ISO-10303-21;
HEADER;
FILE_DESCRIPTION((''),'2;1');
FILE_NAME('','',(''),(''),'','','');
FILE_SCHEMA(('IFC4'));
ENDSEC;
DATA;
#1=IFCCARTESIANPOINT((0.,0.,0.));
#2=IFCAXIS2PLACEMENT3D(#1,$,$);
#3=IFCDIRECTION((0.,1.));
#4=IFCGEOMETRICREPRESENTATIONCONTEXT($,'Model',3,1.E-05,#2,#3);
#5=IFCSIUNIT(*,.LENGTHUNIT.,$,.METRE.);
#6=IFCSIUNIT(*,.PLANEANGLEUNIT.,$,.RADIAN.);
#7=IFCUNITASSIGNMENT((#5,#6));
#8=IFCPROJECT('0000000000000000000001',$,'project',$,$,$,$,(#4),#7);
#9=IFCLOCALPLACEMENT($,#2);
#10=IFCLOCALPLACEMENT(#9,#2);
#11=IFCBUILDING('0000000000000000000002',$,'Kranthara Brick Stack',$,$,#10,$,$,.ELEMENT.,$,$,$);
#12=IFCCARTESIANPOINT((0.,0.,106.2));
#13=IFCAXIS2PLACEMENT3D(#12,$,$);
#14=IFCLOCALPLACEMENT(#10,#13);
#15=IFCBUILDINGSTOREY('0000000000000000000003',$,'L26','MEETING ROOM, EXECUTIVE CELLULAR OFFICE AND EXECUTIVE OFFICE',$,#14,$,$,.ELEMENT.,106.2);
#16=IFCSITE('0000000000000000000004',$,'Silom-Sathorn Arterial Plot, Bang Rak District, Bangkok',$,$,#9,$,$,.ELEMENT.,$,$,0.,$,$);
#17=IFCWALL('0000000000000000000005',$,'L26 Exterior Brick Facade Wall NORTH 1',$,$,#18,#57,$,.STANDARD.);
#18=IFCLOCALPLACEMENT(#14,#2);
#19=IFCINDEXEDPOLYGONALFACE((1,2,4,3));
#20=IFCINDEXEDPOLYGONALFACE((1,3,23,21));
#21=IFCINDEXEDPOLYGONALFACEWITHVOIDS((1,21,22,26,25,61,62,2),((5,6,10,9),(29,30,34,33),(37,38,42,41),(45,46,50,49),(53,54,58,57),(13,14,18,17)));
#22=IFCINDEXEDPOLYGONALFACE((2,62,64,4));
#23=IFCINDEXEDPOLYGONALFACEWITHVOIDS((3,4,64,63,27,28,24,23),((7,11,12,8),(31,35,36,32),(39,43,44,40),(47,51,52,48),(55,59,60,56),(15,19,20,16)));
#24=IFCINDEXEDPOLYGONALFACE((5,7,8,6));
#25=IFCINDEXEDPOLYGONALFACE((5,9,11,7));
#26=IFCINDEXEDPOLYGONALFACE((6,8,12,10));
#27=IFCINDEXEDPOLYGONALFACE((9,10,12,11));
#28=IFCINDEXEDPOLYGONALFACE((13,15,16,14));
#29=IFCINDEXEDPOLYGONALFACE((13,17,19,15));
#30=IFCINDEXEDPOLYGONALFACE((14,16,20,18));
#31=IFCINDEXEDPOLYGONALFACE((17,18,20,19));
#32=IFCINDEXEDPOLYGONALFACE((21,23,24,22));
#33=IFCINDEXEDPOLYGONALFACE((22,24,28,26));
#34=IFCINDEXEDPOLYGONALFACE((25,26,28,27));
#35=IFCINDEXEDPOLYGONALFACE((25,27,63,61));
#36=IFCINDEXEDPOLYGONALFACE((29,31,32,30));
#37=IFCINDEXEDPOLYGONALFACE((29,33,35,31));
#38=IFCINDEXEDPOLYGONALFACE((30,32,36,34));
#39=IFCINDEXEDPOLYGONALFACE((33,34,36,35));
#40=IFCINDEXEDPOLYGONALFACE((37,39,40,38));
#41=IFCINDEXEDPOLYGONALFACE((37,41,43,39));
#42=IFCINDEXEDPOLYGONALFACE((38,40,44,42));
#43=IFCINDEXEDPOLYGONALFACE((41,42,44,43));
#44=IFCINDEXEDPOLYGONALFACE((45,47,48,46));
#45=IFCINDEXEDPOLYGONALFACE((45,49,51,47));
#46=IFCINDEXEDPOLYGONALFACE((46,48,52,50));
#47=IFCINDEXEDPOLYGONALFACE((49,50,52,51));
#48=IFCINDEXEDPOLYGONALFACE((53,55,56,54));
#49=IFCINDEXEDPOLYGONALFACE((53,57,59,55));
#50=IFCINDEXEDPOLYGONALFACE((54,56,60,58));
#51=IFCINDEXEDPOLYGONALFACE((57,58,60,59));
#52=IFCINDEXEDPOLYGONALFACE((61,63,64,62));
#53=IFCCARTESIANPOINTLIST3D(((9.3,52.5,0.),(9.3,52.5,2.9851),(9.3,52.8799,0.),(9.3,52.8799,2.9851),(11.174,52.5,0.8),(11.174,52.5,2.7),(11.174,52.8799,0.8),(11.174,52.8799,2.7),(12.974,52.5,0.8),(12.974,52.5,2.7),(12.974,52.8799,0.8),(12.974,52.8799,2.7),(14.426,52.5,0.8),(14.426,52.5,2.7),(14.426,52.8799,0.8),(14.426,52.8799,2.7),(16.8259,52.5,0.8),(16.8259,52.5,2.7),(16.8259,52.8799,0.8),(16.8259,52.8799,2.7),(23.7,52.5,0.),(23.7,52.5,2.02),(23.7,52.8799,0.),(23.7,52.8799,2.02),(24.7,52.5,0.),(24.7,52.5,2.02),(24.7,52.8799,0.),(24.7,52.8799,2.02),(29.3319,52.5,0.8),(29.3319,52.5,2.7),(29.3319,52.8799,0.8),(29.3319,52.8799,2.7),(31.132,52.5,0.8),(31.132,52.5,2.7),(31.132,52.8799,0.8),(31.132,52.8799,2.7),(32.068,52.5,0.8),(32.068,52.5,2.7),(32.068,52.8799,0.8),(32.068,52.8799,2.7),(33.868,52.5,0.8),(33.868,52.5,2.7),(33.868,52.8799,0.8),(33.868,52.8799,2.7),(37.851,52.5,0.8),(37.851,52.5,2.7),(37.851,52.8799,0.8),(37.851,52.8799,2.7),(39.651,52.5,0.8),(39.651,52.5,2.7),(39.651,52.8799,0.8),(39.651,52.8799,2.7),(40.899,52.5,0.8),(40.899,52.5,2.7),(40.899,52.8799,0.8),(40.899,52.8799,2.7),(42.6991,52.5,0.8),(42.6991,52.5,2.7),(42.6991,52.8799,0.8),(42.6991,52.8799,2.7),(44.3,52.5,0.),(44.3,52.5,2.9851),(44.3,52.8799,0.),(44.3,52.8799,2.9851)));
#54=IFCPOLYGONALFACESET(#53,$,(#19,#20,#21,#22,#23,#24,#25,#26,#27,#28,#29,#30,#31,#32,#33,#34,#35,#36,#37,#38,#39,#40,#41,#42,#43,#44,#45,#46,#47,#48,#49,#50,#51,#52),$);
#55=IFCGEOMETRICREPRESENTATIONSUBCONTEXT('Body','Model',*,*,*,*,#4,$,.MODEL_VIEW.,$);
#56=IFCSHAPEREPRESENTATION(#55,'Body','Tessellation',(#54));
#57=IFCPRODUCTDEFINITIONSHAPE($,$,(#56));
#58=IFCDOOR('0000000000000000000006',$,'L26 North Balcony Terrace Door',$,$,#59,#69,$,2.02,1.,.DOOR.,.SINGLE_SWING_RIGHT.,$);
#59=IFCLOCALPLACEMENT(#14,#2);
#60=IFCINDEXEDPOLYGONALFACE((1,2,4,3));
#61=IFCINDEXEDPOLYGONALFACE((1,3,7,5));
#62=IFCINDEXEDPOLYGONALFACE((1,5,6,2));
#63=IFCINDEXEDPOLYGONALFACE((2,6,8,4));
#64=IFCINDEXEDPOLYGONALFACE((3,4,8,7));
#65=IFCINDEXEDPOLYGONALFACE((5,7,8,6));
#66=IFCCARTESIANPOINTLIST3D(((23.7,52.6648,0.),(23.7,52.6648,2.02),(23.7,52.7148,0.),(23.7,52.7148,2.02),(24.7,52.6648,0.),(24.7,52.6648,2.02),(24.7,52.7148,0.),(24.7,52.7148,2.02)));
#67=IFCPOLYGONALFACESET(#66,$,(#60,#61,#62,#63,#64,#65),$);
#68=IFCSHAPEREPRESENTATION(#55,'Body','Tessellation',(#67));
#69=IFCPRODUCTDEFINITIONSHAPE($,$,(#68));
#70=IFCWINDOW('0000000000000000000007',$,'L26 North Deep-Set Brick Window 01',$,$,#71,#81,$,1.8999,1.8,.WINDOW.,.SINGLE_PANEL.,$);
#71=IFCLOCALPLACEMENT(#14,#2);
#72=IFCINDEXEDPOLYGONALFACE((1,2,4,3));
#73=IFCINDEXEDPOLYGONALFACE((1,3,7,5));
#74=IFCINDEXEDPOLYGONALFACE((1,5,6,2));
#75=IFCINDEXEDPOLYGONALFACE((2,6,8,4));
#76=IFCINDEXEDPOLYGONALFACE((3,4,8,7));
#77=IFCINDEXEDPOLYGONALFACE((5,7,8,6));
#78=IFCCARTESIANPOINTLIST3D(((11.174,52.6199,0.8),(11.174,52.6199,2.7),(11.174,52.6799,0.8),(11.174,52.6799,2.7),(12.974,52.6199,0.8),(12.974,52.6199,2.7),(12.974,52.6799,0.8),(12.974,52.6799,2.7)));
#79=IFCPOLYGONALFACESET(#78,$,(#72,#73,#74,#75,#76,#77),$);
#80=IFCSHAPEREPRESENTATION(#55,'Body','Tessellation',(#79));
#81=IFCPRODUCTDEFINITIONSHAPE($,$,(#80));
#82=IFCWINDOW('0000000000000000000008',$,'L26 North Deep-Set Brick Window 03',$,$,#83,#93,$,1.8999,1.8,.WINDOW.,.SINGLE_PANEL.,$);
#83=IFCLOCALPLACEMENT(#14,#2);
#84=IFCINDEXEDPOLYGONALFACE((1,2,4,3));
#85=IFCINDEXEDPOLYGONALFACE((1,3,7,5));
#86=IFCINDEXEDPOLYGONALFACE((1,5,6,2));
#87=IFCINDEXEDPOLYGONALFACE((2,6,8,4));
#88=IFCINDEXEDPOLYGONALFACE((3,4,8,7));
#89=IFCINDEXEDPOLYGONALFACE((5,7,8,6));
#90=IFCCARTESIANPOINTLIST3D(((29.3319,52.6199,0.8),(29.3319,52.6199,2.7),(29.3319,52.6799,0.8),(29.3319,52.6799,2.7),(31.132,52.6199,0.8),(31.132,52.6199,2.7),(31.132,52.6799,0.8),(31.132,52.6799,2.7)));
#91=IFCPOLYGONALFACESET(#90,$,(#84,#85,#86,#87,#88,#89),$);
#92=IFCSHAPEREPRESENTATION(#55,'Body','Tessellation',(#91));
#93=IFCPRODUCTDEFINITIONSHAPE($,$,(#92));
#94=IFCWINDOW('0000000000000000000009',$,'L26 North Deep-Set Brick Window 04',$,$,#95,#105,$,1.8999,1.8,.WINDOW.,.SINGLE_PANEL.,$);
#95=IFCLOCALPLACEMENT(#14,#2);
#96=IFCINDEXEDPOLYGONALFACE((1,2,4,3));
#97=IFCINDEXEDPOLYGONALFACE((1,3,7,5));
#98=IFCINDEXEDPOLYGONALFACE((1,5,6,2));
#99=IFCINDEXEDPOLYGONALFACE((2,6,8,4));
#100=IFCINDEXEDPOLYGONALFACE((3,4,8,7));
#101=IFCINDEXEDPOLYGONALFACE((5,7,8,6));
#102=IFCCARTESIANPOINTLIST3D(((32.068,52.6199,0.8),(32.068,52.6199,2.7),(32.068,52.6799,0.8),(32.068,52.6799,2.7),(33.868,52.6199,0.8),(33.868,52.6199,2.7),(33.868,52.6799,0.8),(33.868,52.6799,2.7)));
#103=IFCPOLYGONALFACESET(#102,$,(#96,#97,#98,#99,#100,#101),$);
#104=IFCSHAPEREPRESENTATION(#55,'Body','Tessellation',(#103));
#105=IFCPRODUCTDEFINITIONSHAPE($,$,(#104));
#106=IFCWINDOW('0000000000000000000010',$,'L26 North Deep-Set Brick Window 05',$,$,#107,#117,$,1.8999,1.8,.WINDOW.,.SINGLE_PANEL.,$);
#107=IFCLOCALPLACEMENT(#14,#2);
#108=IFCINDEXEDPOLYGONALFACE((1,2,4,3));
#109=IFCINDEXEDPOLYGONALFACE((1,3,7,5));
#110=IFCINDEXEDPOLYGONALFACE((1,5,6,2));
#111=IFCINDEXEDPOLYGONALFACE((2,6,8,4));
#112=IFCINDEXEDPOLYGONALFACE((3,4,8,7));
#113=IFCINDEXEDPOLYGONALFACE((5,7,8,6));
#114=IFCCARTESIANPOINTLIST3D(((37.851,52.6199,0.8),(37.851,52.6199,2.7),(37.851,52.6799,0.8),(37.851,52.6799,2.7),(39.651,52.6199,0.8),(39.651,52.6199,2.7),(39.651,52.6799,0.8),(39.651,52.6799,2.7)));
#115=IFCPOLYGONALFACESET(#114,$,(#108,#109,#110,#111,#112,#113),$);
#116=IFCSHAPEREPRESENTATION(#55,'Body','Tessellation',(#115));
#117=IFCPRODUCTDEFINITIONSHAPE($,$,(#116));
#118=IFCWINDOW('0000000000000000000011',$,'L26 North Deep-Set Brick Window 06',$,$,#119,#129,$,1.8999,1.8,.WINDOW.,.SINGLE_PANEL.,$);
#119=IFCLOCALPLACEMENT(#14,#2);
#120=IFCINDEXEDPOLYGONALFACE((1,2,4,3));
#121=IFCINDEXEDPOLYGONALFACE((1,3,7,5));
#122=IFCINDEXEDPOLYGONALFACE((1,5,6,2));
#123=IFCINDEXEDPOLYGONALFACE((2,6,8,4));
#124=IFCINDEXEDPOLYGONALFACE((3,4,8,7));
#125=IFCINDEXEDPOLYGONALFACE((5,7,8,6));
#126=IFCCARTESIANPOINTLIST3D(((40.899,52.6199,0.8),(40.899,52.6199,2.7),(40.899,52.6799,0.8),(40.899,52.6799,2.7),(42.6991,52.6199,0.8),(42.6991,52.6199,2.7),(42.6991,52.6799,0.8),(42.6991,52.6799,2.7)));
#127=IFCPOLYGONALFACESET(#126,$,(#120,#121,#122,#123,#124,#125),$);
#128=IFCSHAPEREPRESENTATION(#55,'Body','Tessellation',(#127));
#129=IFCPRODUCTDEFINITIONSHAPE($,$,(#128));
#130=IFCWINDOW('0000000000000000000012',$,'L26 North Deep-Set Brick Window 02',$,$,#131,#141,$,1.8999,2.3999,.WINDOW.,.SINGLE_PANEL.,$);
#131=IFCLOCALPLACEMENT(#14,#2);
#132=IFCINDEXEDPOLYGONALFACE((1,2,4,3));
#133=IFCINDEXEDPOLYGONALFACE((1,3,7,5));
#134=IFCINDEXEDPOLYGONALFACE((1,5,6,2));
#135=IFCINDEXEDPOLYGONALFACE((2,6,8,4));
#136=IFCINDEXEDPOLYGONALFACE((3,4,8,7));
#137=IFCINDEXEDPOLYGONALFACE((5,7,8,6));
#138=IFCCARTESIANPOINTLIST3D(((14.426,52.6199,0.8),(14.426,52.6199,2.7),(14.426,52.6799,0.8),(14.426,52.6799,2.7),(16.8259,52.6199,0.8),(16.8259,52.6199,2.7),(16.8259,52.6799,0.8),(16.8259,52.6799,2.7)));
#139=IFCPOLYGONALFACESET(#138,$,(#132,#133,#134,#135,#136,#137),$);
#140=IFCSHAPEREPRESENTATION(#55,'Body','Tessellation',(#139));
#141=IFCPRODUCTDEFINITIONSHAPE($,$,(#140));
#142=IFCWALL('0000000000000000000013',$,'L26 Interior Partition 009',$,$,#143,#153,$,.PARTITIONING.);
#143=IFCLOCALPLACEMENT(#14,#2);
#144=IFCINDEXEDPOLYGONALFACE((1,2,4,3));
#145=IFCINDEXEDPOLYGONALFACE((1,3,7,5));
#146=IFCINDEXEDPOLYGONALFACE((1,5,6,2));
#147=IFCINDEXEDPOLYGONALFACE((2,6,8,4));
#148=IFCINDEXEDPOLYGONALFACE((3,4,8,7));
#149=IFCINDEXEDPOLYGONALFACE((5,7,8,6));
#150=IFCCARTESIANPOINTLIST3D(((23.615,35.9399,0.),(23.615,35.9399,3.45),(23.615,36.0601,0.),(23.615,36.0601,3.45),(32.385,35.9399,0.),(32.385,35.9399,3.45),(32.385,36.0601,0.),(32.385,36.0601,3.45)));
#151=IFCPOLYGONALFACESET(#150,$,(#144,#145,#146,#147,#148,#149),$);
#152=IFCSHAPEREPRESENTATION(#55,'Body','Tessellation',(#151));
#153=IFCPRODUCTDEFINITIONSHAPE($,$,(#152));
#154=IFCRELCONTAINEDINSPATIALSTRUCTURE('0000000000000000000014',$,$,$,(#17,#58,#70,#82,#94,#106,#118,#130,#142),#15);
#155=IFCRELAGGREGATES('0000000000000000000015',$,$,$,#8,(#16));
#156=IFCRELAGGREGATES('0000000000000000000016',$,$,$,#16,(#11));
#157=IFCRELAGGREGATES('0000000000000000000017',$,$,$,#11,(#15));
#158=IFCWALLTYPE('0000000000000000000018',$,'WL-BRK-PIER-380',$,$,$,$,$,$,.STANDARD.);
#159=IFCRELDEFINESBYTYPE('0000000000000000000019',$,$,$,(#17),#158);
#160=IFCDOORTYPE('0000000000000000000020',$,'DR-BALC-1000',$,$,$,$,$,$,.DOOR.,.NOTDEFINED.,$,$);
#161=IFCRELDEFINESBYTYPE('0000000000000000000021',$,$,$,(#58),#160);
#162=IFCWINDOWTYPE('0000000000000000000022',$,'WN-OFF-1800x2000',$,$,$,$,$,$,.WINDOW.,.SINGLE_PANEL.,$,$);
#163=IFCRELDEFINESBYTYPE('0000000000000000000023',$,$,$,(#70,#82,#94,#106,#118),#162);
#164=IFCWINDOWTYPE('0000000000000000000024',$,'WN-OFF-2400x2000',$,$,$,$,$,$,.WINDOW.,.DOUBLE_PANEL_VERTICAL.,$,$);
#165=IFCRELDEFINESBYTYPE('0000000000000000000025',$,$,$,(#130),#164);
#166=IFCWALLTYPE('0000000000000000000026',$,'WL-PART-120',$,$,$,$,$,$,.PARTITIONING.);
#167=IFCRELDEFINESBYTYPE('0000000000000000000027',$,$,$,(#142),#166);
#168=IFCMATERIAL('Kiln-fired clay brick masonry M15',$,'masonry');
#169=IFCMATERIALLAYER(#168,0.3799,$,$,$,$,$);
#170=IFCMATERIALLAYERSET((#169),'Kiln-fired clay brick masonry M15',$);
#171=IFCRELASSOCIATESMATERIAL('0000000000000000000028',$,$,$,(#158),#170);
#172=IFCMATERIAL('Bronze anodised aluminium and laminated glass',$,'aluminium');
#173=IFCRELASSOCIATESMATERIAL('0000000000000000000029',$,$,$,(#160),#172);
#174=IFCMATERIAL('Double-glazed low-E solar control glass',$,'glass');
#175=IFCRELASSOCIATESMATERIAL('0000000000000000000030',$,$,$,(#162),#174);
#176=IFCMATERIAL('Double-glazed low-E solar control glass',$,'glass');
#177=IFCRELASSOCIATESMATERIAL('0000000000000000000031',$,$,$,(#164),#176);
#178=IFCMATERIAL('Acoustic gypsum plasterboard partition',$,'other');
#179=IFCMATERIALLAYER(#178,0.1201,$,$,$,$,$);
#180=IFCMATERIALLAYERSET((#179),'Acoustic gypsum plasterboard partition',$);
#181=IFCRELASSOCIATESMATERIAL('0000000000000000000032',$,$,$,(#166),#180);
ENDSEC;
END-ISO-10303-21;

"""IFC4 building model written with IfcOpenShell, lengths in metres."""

from ifc_helpers import new_model, si_unit, direction, frame, frame_2d, origin, place, context, subcontext, project, spatial, rectangle, extrude, material, layer, layer_set, type_object, element, fill, save


model = new_model("IFC4")

# Units and contexts
model_context = context("Model", 3, precision=1e-05, world=origin(), true_north=direction((0.0, 1.0)))
body_context = subcontext(model_context, "Body", "Model", "MODEL_VIEW")
ifc_project = project(units=[si_unit("LENGTHUNIT", "METRE"), si_unit("PLANEANGLEUNIT", "RADIAN")], contexts=[model_context])

# Site, building, storey
site_placement = place(None, origin())
site = spatial("IfcSite", under=ifc_project, at=site_placement, Name="Silom-Sathorn Arterial Plot, Bang Rak District, Bangkok", CompositionType="ELEMENT", RefElevation=0.0)
building_placement = place(site_placement, origin())
building = spatial("IfcBuilding", under=site, at=building_placement, Name="Kranthara Brick Stack", CompositionType="ELEMENT")
storey_placement = place(building_placement, frame((0.0, 0.0, 106.2)))
storey = spatial("IfcBuildingStorey", under=building, at=storey_placement, Name="L26", Description="MEETING ROOM, EXECUTIVE CELLULAR OFFICE AND EXECUTIVE OFFICE", CompositionType="ELEMENT", Elevation=106.2)

# Shared definitions
ifc_material_1 = material(Name="Kiln-fired clay brick masonry M15", Category="masonry")
ifc_layer_1 = layer(ifc_material_1, 0.3799)
ifc_layer_set_1 = layer_set([ifc_layer_1], Name="Kiln-fired clay brick masonry M15")
wall_type_1 = type_object("IfcWallType", Name="WL-BRK-PIER-380", PredefinedType="STANDARD", material=ifc_layer_set_1)

# Wall, openings, door, windows
wall_1_placement = place(storey_placement, frame((9.3, 52.6899, 0.0), z_axis=(0.0, 0.0, 1.0), x_axis=(1.0, 0.0, 0.0)))
wall_1 = element("IfcWall", 1, at=wall_1_placement, inside=storey, type_object=wall_type_1, Name="L26 Exterior Brick Facade Wall NORTH 1", PredefinedType="STANDARD", context=body_context, shape_type="SweptSolid", body=[
    extrude(rectangle(XDim=35.0, YDim=0.3799, at=frame_2d((17.5, 0.0))), origin(), (0.0, 0.0, 1.0), 2.9851),
])
opening_1_placement = place(wall_1_placement, frame((14.3999, 0.0, 0.0)))
opening_1 = element("IfcOpeningElement", 2, at=opening_1_placement, cuts=wall_1, PredefinedType="OPENING", context=body_context, shape_type="SweptSolid", body=[
    extrude(rectangle(XDim=1.0, YDim=2.02, at=frame_2d((0.5, 1.01))), frame((0.0, 0.2, 0.0), z_axis=(0.0, -1.0, 0.0), x_axis=(1.0, 0.0, 0.0)), (0.0, 0.0, 1.0), 0.3999),
])
opening_2_placement = place(wall_1_placement, frame((1.874, 0.0, 0.8)))
opening_2 = element("IfcOpeningElement", 3, at=opening_2_placement, cuts=wall_1, PredefinedType="OPENING", context=body_context, shape_type="SweptSolid", body=[
    extrude(rectangle(XDim=1.8, YDim=1.8999, at=frame_2d((0.8999, 0.95))), frame((0.0, 0.2, 0.0), z_axis=(0.0, -1.0, 0.0), x_axis=(1.0, 0.0, 0.0)), (0.0, 0.0, 1.0), 0.3999),
])
opening_3_placement = place(wall_1_placement, frame((5.126, 0.0, 0.8)))
opening_3 = element("IfcOpeningElement", 4, at=opening_3_placement, cuts=wall_1, PredefinedType="OPENING", context=body_context, shape_type="SweptSolid", body=[
    extrude(rectangle(XDim=2.3999, YDim=1.8999, at=frame_2d((1.2, 0.95))), frame((0.0, 0.2, 0.0), z_axis=(0.0, -1.0, 0.0), x_axis=(1.0, 0.0, 0.0)), (0.0, 0.0, 1.0), 0.3999),
])
opening_4_placement = place(wall_1_placement, frame((20.032, 0.0, 0.8)))
opening_4 = element("IfcOpeningElement", 5, at=opening_4_placement, cuts=wall_1, PredefinedType="OPENING", context=body_context, shape_type="SweptSolid", body=[
    extrude(rectangle(XDim=1.8, YDim=1.8999, at=frame_2d((0.8999, 0.95))), frame((0.0, 0.2, 0.0), z_axis=(0.0, -1.0, 0.0), x_axis=(1.0, 0.0, 0.0)), (0.0, 0.0, 1.0), 0.3999),
])
opening_5_placement = place(wall_1_placement, frame((22.7681, 0.0, 0.8)))
opening_5 = element("IfcOpeningElement", 6, at=opening_5_placement, cuts=wall_1, PredefinedType="OPENING", context=body_context, shape_type="SweptSolid", body=[
    extrude(rectangle(XDim=1.8, YDim=1.8999, at=frame_2d((0.8999, 0.95))), frame((0.0, 0.2, 0.0), z_axis=(0.0, -1.0, 0.0), x_axis=(1.0, 0.0, 0.0)), (0.0, 0.0, 1.0), 0.3999),
])
opening_6_placement = place(wall_1_placement, frame((28.551, 0.0, 0.8)))
opening_6 = element("IfcOpeningElement", 7, at=opening_6_placement, cuts=wall_1, PredefinedType="OPENING", context=body_context, shape_type="SweptSolid", body=[
    extrude(rectangle(XDim=1.8, YDim=1.8999, at=frame_2d((0.8999, 0.95))), frame((0.0, 0.2, 0.0), z_axis=(0.0, -1.0, 0.0), x_axis=(1.0, 0.0, 0.0)), (0.0, 0.0, 1.0), 0.3999),
])
opening_7_placement = place(wall_1_placement, frame((31.5991, 0.0, 0.8)))
opening_7 = element("IfcOpeningElement", 8, at=opening_7_placement, cuts=wall_1, PredefinedType="OPENING", context=body_context, shape_type="SweptSolid", body=[
    extrude(rectangle(XDim=1.8, YDim=1.8999, at=frame_2d((0.8999, 0.95))), frame((0.0, 0.2, 0.0), z_axis=(0.0, -1.0, 0.0), x_axis=(1.0, 0.0, 0.0)), (0.0, 0.0, 1.0), 0.3999),
])
ifc_material_2 = material(Name="Bronze anodised aluminium and laminated glass", Category="aluminium")
door_type_1 = type_object("IfcDoorType", Name="DR-BALC-1000", OperationType="NOTDEFINED", PredefinedType="DOOR", material=ifc_material_2)
door_1_placement = place(opening_1_placement, origin())
door_1 = element("IfcDoor", 9, at=door_1_placement, inside=storey, type_object=door_type_1, Name="L26 North Balcony Terrace Door", OperationType="SINGLE_SWING_RIGHT", OverallHeight=2.02, OverallWidth=1.0, PredefinedType="DOOR", context=body_context, shape_type="SweptSolid", body=[
    extrude(rectangle(XDim=1.0, YDim=2.02, at=frame_2d((0.5, 1.01))), frame((0.0, 0.0249, 0.0), z_axis=(0.0, -1.0, 0.0), x_axis=(1.0, 0.0, 0.0)), (0.0, 0.0, 1.0), 0.05),
])
fill(opening_1, door_1)
ifc_material_3 = material(Name="Double-glazed low-E solar control glass", Category="glass")
window_type_1 = type_object("IfcWindowType", Name="WN-OFF-1800x2000", PartitioningType="SINGLE_PANEL", PredefinedType="WINDOW", material=ifc_material_3)
window_1_placement = place(opening_2_placement, origin())
window_1 = element("IfcWindow", 10, at=window_1_placement, inside=storey, type_object=window_type_1, Name="L26 North Deep-Set Brick Window 01", OverallHeight=1.8999, OverallWidth=1.8, PartitioningType="SINGLE_PANEL", PredefinedType="WINDOW", context=body_context, shape_type="SweptSolid", body=[
    extrude(rectangle(XDim=1.8, YDim=1.8999, at=frame_2d((0.8999, 0.95))), frame((0.0, -0.01, 0.0), z_axis=(0.0, -1.0, 0.0), x_axis=(1.0, 0.0, 0.0)), (0.0, 0.0, 1.0), 0.0601),
])
fill(opening_2, window_1)
window_2_placement = place(opening_4_placement, origin())
window_2 = element("IfcWindow", 11, at=window_2_placement, inside=storey, type_object=window_type_1, Name="L26 North Deep-Set Brick Window 03", OverallHeight=1.8999, OverallWidth=1.8, PartitioningType="SINGLE_PANEL", PredefinedType="WINDOW", context=body_context, shape_type="SweptSolid", body=[
    extrude(rectangle(XDim=1.8, YDim=1.8999, at=frame_2d((0.8999, 0.95))), frame((0.0, -0.01, 0.0), z_axis=(0.0, -1.0, 0.0), x_axis=(1.0, 0.0, 0.0)), (0.0, 0.0, 1.0), 0.0601),
])
fill(opening_4, window_2)
window_3_placement = place(opening_5_placement, origin())
window_3 = element("IfcWindow", 12, at=window_3_placement, inside=storey, type_object=window_type_1, Name="L26 North Deep-Set Brick Window 04", OverallHeight=1.8999, OverallWidth=1.8, PartitioningType="SINGLE_PANEL", PredefinedType="WINDOW", context=body_context, shape_type="SweptSolid", body=[
    extrude(rectangle(XDim=1.8, YDim=1.8999, at=frame_2d((0.8999, 0.95))), frame((0.0, -0.01, 0.0), z_axis=(0.0, -1.0, 0.0), x_axis=(1.0, 0.0, 0.0)), (0.0, 0.0, 1.0), 0.0601),
])
fill(opening_5, window_3)
window_4_placement = place(opening_6_placement, origin())
window_4 = element("IfcWindow", 13, at=window_4_placement, inside=storey, type_object=window_type_1, Name="L26 North Deep-Set Brick Window 05", OverallHeight=1.8999, OverallWidth=1.8, PartitioningType="SINGLE_PANEL", PredefinedType="WINDOW", context=body_context, shape_type="SweptSolid", body=[
    extrude(rectangle(XDim=1.8, YDim=1.8999, at=frame_2d((0.8999, 0.95))), frame((0.0, -0.01, 0.0), z_axis=(0.0, -1.0, 0.0), x_axis=(1.0, 0.0, 0.0)), (0.0, 0.0, 1.0), 0.0601),
])
fill(opening_6, window_4)
window_5_placement = place(opening_7_placement, origin())
window_5 = element("IfcWindow", 14, at=window_5_placement, inside=storey, type_object=window_type_1, Name="L26 North Deep-Set Brick Window 06", OverallHeight=1.8999, OverallWidth=1.8, PartitioningType="SINGLE_PANEL", PredefinedType="WINDOW", context=body_context, shape_type="SweptSolid", body=[
    extrude(rectangle(XDim=1.8, YDim=1.8999, at=frame_2d((0.8999, 0.95))), frame((0.0, -0.01, 0.0), z_axis=(0.0, -1.0, 0.0), x_axis=(1.0, 0.0, 0.0)), (0.0, 0.0, 1.0), 0.0601),
])
fill(opening_7, window_5)
ifc_material_4 = material(Name="Double-glazed low-E solar control glass", Category="glass")
window_type_2 = type_object("IfcWindowType", Name="WN-OFF-2400x2000", PartitioningType="DOUBLE_PANEL_VERTICAL", PredefinedType="WINDOW", material=ifc_material_4)
window_6_placement = place(opening_3_placement, origin())
window_6 = element("IfcWindow", 15, at=window_6_placement, inside=storey, type_object=window_type_2, Name="L26 North Deep-Set Brick Window 02", OverallHeight=1.8999, OverallWidth=2.3999, PartitioningType="SINGLE_PANEL", PredefinedType="WINDOW", context=body_context, shape_type="SweptSolid", body=[
    extrude(rectangle(XDim=2.3999, YDim=1.8999, at=frame_2d((1.2, 0.95))), frame((0.0, -0.01, 0.0), z_axis=(0.0, -1.0, 0.0), x_axis=(1.0, 0.0, 0.0)), (0.0, 0.0, 1.0), 0.0601),
])
fill(opening_3, window_6)

# Wall
ifc_material_5 = material(Name="Acoustic gypsum plasterboard partition", Category="other")
ifc_layer_2 = layer(ifc_material_5, 0.1201)
ifc_layer_set_2 = layer_set([ifc_layer_2], Name="Acoustic gypsum plasterboard partition")
wall_type_2 = type_object("IfcWallType", Name="WL-PART-120", PredefinedType="PARTITIONING", material=ifc_layer_set_2)
wall_2_placement = place(storey_placement, frame((23.615, 36.0, 0.0), z_axis=(0.0, 0.0, 1.0), x_axis=(1.0, 0.0, 0.0)))
element("IfcWall", 16, at=wall_2_placement, inside=storey, type_object=wall_type_2, Name="L26 Interior Partition 009", PredefinedType="PARTITIONING", context=body_context, shape_type="SweptSolid", body=[
    extrude(rectangle(XDim=8.77, YDim=0.1201, at=frame_2d((4.385, 0.0))), origin(), (0.0, 0.0, 1.0), 3.45),
])

save(model, "model.ifc")
